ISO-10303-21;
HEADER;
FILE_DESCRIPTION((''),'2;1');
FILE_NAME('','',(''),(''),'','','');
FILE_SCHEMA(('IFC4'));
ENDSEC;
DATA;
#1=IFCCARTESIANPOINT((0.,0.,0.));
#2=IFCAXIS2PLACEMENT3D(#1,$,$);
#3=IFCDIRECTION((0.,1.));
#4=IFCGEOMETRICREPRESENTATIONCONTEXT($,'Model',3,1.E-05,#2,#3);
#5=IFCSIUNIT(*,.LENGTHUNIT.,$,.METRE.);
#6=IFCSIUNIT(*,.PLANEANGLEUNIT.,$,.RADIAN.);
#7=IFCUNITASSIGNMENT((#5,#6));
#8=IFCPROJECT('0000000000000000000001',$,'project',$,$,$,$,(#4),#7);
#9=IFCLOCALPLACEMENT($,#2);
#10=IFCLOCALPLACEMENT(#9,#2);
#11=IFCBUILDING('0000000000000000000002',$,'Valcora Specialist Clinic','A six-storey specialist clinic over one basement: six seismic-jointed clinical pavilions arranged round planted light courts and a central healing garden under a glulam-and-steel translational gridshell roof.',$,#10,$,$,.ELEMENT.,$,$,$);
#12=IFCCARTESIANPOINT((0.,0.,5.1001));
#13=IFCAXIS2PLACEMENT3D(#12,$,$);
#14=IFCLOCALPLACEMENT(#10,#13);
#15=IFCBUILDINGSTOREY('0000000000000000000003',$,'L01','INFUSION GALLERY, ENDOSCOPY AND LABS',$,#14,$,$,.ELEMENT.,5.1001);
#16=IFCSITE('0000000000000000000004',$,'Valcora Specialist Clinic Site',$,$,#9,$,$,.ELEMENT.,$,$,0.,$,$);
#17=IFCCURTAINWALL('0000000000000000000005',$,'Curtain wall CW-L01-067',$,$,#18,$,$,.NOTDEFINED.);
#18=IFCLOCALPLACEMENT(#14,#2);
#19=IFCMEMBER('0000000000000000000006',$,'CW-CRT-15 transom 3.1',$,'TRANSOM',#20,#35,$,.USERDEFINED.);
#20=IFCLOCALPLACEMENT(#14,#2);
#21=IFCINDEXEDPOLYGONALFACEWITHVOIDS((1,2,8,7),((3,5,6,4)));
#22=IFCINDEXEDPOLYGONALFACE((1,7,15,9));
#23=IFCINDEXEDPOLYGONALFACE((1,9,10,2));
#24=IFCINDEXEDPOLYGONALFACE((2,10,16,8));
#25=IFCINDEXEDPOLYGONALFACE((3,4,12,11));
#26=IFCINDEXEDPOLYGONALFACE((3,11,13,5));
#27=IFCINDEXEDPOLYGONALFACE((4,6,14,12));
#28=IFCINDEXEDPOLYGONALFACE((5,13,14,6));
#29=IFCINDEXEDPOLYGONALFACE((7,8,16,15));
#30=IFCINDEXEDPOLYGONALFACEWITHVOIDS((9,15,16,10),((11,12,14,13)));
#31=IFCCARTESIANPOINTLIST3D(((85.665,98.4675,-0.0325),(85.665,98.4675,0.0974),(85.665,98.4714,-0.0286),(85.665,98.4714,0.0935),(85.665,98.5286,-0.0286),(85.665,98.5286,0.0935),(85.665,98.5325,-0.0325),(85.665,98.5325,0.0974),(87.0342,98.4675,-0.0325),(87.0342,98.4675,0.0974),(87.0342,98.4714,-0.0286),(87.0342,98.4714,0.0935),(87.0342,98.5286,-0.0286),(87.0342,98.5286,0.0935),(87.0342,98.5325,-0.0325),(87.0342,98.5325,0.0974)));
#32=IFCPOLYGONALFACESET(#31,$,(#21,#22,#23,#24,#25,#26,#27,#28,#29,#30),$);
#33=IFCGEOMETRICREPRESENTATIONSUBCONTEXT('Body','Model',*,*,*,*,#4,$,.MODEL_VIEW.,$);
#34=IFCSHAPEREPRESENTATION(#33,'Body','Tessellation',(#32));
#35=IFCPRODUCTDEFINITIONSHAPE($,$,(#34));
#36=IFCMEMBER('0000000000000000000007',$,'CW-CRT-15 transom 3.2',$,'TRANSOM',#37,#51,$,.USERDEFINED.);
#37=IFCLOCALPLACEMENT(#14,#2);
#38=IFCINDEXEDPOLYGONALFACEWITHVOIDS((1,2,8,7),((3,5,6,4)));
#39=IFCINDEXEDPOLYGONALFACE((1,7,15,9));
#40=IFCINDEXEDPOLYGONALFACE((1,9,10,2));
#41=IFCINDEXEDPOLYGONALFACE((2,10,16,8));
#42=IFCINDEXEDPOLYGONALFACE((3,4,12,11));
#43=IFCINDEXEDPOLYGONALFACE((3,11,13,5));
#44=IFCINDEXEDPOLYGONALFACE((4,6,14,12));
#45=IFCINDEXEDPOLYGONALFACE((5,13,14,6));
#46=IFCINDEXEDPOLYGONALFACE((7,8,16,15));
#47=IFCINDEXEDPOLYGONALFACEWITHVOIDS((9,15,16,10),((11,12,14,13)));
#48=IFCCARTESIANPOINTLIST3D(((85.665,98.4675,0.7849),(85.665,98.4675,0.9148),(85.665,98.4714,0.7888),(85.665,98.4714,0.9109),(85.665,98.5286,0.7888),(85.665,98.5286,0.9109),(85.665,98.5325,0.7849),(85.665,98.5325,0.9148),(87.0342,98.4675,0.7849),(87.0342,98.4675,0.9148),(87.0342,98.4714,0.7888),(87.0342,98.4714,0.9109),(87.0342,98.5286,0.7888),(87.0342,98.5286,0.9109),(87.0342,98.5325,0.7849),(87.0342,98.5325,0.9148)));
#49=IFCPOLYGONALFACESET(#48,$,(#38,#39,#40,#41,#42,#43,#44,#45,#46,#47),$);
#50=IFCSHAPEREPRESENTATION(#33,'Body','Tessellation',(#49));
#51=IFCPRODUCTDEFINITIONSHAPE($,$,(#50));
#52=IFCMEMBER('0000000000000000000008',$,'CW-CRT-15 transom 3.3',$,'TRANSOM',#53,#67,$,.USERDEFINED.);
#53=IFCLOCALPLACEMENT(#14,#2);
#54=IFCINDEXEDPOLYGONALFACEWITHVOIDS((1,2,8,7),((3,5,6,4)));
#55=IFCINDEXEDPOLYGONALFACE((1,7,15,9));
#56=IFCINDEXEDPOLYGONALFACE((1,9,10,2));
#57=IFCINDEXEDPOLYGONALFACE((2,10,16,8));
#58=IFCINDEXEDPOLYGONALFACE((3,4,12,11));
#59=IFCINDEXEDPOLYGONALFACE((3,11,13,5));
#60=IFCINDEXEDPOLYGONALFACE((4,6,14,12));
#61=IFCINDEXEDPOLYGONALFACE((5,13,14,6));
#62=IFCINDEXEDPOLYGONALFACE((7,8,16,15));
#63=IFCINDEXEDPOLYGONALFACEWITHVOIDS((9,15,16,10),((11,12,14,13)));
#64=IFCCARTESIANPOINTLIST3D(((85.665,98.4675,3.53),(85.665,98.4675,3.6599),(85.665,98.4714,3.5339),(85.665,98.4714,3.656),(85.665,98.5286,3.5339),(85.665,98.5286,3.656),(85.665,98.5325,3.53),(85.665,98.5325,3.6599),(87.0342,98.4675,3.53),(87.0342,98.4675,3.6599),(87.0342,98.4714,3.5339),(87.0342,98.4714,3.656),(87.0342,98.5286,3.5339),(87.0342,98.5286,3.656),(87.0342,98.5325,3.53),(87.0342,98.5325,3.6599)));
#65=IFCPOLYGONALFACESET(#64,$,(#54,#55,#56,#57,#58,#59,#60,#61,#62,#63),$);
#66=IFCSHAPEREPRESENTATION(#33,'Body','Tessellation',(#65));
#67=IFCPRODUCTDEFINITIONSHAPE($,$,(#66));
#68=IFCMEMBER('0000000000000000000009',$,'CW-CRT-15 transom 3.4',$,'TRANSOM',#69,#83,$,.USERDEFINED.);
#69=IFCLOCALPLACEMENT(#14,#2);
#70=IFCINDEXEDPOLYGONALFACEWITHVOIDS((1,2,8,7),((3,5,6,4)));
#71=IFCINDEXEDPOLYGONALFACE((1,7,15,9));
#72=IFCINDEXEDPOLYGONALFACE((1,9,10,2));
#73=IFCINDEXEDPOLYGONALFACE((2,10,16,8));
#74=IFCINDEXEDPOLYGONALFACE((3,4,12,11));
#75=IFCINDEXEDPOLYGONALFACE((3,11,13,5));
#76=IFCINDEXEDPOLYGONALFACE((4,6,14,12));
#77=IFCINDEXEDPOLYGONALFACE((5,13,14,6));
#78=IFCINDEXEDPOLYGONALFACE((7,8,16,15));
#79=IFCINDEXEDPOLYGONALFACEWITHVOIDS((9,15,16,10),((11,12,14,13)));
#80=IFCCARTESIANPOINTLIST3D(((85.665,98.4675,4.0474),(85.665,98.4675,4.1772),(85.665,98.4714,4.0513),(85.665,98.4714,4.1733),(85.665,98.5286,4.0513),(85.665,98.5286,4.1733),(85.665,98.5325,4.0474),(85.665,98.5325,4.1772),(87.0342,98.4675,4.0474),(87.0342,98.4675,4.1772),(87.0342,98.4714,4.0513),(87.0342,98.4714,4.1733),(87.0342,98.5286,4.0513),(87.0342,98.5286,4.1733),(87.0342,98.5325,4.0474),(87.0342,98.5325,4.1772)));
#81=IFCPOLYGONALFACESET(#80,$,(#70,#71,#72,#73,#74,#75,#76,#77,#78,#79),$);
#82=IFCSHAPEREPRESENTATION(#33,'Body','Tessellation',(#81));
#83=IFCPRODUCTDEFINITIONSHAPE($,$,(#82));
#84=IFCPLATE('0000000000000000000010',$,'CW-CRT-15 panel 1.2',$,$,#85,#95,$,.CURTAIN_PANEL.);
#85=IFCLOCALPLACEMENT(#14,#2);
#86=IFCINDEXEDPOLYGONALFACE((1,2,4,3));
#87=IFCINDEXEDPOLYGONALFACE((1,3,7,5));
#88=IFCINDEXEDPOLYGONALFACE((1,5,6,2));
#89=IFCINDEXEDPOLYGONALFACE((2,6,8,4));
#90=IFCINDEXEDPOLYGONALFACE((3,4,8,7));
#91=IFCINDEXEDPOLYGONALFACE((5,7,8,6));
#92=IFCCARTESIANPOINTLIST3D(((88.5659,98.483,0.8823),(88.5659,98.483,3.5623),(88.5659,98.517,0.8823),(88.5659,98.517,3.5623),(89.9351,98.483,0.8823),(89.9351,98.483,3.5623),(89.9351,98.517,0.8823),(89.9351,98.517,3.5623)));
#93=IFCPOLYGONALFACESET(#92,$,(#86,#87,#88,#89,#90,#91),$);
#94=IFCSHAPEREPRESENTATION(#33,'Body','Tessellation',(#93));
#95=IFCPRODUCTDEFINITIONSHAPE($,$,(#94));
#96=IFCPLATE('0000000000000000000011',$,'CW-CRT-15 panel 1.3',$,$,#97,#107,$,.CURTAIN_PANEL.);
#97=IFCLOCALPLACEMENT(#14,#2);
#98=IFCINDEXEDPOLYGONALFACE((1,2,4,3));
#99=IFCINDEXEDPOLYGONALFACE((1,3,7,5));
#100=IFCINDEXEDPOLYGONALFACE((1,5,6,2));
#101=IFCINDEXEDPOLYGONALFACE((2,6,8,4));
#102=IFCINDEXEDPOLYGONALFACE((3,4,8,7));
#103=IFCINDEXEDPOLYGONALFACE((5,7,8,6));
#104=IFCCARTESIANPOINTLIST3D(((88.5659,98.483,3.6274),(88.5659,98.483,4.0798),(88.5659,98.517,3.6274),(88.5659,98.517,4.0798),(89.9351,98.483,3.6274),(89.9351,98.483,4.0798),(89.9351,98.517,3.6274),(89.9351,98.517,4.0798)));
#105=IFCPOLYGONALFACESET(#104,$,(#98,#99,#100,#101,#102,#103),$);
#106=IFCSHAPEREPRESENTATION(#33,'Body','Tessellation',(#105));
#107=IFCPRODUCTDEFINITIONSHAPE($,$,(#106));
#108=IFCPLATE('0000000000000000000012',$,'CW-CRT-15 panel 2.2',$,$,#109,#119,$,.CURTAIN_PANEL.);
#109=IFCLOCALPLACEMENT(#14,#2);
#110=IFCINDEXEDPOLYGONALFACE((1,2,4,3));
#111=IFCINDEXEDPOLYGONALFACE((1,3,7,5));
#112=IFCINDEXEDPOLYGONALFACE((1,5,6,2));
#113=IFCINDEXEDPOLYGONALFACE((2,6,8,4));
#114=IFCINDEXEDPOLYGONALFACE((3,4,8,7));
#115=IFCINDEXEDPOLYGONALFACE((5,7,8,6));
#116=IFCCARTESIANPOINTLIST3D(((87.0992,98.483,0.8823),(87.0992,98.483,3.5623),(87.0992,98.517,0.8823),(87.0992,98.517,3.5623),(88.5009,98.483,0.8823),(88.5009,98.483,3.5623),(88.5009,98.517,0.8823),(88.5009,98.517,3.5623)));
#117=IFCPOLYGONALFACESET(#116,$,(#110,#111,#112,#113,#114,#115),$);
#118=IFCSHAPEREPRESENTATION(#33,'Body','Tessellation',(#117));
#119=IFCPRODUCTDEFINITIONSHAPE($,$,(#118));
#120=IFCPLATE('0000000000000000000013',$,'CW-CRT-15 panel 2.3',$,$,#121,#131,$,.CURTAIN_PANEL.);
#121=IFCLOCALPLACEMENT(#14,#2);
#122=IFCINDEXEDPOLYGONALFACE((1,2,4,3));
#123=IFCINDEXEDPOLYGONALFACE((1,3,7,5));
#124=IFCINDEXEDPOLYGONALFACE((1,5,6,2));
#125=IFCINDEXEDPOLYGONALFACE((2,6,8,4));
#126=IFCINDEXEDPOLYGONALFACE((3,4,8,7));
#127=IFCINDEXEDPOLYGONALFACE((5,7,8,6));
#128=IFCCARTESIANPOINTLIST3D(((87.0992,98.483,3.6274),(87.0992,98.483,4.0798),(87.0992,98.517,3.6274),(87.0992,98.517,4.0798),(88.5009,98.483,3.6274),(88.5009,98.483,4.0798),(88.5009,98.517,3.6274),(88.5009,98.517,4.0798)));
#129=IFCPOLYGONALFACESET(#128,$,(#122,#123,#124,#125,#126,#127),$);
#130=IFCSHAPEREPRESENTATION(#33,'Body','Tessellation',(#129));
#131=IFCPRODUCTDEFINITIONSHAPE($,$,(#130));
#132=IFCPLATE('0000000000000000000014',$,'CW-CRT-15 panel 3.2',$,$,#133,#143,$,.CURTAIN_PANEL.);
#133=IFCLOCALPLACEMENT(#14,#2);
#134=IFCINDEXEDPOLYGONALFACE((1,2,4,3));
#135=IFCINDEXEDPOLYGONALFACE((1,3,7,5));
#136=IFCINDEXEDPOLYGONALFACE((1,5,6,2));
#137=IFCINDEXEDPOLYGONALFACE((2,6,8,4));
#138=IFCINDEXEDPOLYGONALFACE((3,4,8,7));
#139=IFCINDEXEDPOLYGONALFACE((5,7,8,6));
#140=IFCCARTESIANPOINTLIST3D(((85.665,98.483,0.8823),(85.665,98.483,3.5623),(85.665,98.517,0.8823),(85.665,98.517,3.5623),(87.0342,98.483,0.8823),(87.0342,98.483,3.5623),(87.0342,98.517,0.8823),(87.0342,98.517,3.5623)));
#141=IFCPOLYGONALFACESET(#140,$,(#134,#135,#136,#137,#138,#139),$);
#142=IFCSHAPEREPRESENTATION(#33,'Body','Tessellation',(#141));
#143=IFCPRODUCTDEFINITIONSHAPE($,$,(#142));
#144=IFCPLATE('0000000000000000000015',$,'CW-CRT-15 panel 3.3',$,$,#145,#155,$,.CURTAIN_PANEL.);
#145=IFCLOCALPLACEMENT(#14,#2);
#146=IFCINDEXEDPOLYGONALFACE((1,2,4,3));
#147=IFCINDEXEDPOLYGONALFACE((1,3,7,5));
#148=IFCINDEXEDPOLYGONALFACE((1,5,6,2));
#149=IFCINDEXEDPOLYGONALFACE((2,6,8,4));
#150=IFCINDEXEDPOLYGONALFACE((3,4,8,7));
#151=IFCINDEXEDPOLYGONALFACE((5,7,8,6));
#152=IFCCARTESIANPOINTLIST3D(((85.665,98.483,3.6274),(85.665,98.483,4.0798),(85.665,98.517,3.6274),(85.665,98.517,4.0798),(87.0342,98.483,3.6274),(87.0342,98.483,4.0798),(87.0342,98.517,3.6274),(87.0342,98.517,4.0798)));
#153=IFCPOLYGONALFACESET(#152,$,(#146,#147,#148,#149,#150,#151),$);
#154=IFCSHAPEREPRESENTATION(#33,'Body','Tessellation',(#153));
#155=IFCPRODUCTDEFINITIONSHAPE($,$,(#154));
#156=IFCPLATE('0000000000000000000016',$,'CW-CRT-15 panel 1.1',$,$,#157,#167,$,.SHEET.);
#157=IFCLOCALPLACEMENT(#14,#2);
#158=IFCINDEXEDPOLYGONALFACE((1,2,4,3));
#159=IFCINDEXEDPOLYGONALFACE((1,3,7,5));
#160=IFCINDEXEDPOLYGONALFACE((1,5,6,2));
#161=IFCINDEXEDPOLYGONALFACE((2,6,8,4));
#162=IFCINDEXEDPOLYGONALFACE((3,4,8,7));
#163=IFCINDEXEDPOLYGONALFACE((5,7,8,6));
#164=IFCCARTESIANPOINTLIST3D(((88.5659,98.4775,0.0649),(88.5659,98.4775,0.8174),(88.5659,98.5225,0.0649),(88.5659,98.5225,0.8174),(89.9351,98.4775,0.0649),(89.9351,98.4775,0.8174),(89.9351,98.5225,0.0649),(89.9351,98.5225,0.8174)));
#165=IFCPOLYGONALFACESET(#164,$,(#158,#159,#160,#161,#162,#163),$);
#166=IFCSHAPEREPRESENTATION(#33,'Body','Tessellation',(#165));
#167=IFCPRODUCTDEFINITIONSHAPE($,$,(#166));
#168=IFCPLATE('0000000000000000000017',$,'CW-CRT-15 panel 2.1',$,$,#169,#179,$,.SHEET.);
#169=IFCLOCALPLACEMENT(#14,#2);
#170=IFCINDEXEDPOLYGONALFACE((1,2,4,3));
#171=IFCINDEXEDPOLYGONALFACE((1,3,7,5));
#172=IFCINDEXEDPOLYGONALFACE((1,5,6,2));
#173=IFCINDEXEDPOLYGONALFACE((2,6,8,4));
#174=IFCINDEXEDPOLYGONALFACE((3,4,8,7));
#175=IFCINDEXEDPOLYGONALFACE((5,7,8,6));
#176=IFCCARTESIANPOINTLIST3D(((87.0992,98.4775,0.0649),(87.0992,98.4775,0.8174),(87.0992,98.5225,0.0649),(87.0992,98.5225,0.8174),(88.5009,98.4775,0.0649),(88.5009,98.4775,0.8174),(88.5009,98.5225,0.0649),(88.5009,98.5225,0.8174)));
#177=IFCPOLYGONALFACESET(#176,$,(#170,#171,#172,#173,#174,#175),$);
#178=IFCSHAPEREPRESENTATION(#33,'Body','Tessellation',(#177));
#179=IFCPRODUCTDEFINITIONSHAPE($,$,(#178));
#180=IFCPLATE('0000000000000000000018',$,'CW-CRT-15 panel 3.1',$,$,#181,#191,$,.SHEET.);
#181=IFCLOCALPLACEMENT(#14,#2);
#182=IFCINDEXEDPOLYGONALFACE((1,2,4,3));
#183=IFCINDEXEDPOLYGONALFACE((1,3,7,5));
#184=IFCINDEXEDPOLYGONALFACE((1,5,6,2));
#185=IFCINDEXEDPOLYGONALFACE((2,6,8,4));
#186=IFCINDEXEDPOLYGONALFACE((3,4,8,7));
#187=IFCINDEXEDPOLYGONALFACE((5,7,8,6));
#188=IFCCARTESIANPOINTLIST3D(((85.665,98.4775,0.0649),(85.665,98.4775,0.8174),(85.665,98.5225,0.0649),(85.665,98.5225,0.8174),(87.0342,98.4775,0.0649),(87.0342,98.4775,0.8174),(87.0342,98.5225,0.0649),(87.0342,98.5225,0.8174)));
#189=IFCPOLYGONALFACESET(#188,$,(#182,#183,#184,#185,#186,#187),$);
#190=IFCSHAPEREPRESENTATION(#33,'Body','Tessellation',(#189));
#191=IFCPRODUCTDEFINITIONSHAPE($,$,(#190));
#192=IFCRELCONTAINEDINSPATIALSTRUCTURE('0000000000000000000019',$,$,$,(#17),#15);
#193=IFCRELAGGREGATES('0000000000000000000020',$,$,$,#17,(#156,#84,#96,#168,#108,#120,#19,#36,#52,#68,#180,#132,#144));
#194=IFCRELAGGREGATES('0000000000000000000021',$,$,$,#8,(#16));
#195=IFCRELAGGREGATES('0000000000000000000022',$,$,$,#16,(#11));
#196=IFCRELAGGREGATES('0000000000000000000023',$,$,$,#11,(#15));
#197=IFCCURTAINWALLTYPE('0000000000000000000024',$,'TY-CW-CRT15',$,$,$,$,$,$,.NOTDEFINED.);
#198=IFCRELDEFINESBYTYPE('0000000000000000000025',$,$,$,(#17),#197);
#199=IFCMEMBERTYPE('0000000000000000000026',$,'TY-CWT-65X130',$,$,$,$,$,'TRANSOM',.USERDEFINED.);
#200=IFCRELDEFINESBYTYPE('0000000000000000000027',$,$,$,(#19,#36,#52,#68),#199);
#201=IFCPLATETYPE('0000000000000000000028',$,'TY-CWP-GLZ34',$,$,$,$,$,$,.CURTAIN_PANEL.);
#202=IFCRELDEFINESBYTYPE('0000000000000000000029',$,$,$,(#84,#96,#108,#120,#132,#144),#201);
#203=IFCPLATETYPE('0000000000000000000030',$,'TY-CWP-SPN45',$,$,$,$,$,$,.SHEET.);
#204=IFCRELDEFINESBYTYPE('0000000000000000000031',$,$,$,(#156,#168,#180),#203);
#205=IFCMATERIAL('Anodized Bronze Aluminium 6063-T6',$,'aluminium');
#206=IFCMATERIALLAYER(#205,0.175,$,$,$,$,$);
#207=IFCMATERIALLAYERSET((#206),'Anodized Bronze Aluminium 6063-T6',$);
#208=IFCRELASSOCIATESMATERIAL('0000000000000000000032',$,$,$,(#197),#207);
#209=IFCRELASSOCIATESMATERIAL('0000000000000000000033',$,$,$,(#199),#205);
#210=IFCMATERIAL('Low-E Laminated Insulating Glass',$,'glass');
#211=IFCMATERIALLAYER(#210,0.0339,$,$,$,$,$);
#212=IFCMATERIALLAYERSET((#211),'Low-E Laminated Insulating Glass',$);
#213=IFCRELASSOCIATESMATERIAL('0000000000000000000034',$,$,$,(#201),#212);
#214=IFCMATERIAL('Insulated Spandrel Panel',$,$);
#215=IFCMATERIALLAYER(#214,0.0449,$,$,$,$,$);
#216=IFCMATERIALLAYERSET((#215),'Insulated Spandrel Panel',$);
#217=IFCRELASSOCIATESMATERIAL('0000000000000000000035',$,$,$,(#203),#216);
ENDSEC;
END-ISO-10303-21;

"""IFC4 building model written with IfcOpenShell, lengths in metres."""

from ifc_helpers import new_model, si_unit, direction, frame, origin, origin_2d, place, context, subcontext, project, spatial, rectangle, hollow_rectangle, extrude, material, layer, layer_set, material_profile, profile_set, type_object, element, aggregate, save


model = new_model("IFC4")

# Units and contexts
model_context = context("Model", 3, precision=1e-05, world=origin(), true_north=direction((0.0, 1.0)))
body_context = subcontext(model_context, "Body", "Model", "MODEL_VIEW")
ifc_project = project(units=[si_unit("LENGTHUNIT", "METRE"), si_unit("PLANEANGLEUNIT", "RADIAN")], contexts=[model_context])

# Site, building, storey
site_placement = place(None, origin())
site = spatial("IfcSite", under=ifc_project, at=site_placement, Name="Valcora Specialist Clinic Site", CompositionType="ELEMENT", RefElevation=0.0)
building_placement = place(site_placement, origin())
building = spatial("IfcBuilding", under=site, at=building_placement, Name="Valcora Specialist Clinic", Description="A six-storey specialist clinic over one basement: six seismic-jointed clinical pavilions arranged round planted light courts and a central healing garden under a glulam-and-steel translational gridshell roof.", CompositionType="ELEMENT")
storey_placement = place(building_placement, frame((0.0, 0.0, 5.1001)))
storey = spatial("IfcBuildingStorey", under=building, at=storey_placement, Name="L01", Description="INFUSION GALLERY, ENDOSCOPY AND LABS", CompositionType="ELEMENT", Elevation=5.1001)

# Curtain wall, members, plates
ifc_material_1 = material(Name="Anodized Bronze Aluminium 6063-T6", Category="aluminium")
ifc_layer_1 = layer(ifc_material_1, 0.175)
ifc_layer_set_1 = layer_set([ifc_layer_1], Name="Anodized Bronze Aluminium 6063-T6")
curtain_wall_type = type_object("IfcCurtainWallType", Name="TY-CW-CRT15", PredefinedType="NOTDEFINED", material=ifc_layer_set_1)
curtain_wall_placement = place(storey_placement, origin())
curtain_wall = element("IfcCurtainWall", 1, at=curtain_wall_placement, inside=storey, type_object=curtain_wall_type, Name="Curtain wall CW-L01-067", PredefinedType="NOTDEFINED")
ifc_material_profile_1 = material_profile(ifc_material_1, hollow_rectangle(XDim=0.0649, YDim=0.1299, WallThickness=0.0039, at=origin_2d()), Name="AL-TRN-65X130")
ifc_profile_set_1 = profile_set([ifc_material_profile_1], Name="Anodized Bronze Aluminium 6063-T6")
member_type_1 = type_object("IfcMemberType", Name="TY-CWT-65X130", ElementType="TRANSOM", PredefinedType="USERDEFINED", material=ifc_profile_set_1)
member_1_placement = place(storey_placement, frame((87.0342, 98.5, 0.0325), z_axis=(-1.0, 0.0, 0.0), x_axis=(0.0, -1.0, 0.0)))
member_1 = element("IfcMember", 2, at=member_1_placement, type_object=member_type_1, Name="CW-CRT-15 transom 3.1", ObjectType="TRANSOM", PredefinedType="USERDEFINED", context=body_context, shape_type="SweptSolid", body=[
    extrude(hollow_rectangle(XDim=0.0649, YDim=0.1299, WallThickness=0.0039, at=origin_2d()), origin(), (0.0, 0.0, 1.0), 1.3691),
])
member_2_placement = place(storey_placement, frame((87.0342, 98.5, 0.8499), z_axis=(-1.0, 0.0, 0.0), x_axis=(0.0, -1.0, 0.0)))
member_2 = element("IfcMember", 3, at=member_2_placement, type_object=member_type_1, Name="CW-CRT-15 transom 3.2", ObjectType="TRANSOM", PredefinedType="USERDEFINED", context=body_context, shape_type="SweptSolid", body=[
    extrude(hollow_rectangle(XDim=0.0649, YDim=0.1299, WallThickness=0.0039, at=origin_2d()), origin(), (0.0, 0.0, 1.0), 1.3691),
])
member_3_placement = place(storey_placement, frame((87.0342, 98.5, 3.595), z_axis=(-1.0, 0.0, 0.0), x_axis=(0.0, -1.0, 0.0)))
member_3 = element("IfcMember", 4, at=member_3_placement, type_object=member_type_1, Name="CW-CRT-15 transom 3.3", ObjectType="TRANSOM", PredefinedType="USERDEFINED", context=body_context, shape_type="SweptSolid", body=[
    extrude(hollow_rectangle(XDim=0.0649, YDim=0.1299, WallThickness=0.0039, at=origin_2d()), origin(), (0.0, 0.0, 1.0), 1.3691),
])
member_4_placement = place(storey_placement, frame((87.0342, 98.5, 4.1123), z_axis=(-1.0, 0.0, 0.0), x_axis=(0.0, -1.0, 0.0)))
member_4 = element("IfcMember", 5, at=member_4_placement, type_object=member_type_1, Name="CW-CRT-15 transom 3.4", ObjectType="TRANSOM", PredefinedType="USERDEFINED", context=body_context, shape_type="SweptSolid", body=[
    extrude(hollow_rectangle(XDim=0.0649, YDim=0.1299, WallThickness=0.0039, at=origin_2d()), origin(), (0.0, 0.0, 1.0), 1.3691),
])
ifc_material_2 = material(Name="Low-E Laminated Insulating Glass", Category="glass")
ifc_layer_2 = layer(ifc_material_2, 0.0339)
ifc_layer_set_2 = layer_set([ifc_layer_2], Name="Low-E Laminated Insulating Glass")
plate_type_1 = type_object("IfcPlateType", Name="TY-CWP-GLZ34", PredefinedType="CURTAIN_PANEL", material=ifc_layer_set_2)
plate_1_placement = place(storey_placement, frame((89.2505, 98.5, 0.8823), z_axis=(0.0, 0.0, 1.0), x_axis=(-1.0, 0.0, 0.0)))
plate_1 = element("IfcPlate", 6, at=plate_1_placement, type_object=plate_type_1, Name="CW-CRT-15 panel 1.2", PredefinedType="CURTAIN_PANEL", context=body_context, shape_type="SweptSolid", body=[
    extrude(rectangle(XDim=1.3691, YDim=0.0339, at=origin_2d()), origin(), (0.0, 0.0, 1.0), 2.6799),
])
plate_2_placement = place(storey_placement, frame((89.2505, 98.5, 3.6274), z_axis=(0.0, 0.0, 1.0), x_axis=(-1.0, 0.0, 0.0)))
plate_2 = element("IfcPlate", 7, at=plate_2_placement, type_object=plate_type_1, Name="CW-CRT-15 panel 1.3", PredefinedType="CURTAIN_PANEL", context=body_context, shape_type="SweptSolid", body=[
    extrude(rectangle(XDim=1.3691, YDim=0.0339, at=origin_2d()), origin(), (0.0, 0.0, 1.0), 0.4524),
])
plate_3_placement = place(storey_placement, frame((87.8, 98.5, 0.8823), z_axis=(0.0, 0.0, 1.0), x_axis=(-1.0, 0.0, 0.0)))
plate_3 = element("IfcPlate", 8, at=plate_3_placement, type_object=plate_type_1, Name="CW-CRT-15 panel 2.2", PredefinedType="CURTAIN_PANEL", context=body_context, shape_type="SweptSolid", body=[
    extrude(rectangle(XDim=1.4016, YDim=0.0339, at=origin_2d()), origin(), (0.0, 0.0, 1.0), 2.6799),
])
plate_4_placement = place(storey_placement, frame((87.8, 98.5, 3.6274), z_axis=(0.0, 0.0, 1.0), x_axis=(-1.0, 0.0, 0.0)))
plate_4 = element("IfcPlate", 9, at=plate_4_placement, type_object=plate_type_1, Name="CW-CRT-15 panel 2.3", PredefinedType="CURTAIN_PANEL", context=body_context, shape_type="SweptSolid", body=[
    extrude(rectangle(XDim=1.4016, YDim=0.0339, at=origin_2d()), origin(), (0.0, 0.0, 1.0), 0.4524),
])
plate_5_placement = place(storey_placement, frame((86.3496, 98.5, 0.8823), z_axis=(0.0, 0.0, 1.0), x_axis=(-1.0, 0.0, 0.0)))
plate_5 = element("IfcPlate", 10, at=plate_5_placement, type_object=plate_type_1, Name="CW-CRT-15 panel 3.2", PredefinedType="CURTAIN_PANEL", context=body_context, shape_type="SweptSolid", body=[
    extrude(rectangle(XDim=1.3691, YDim=0.0339, at=origin_2d()), origin(), (0.0, 0.0, 1.0), 2.6799),
])
plate_6_placement = place(storey_placement, frame((86.3496, 98.5, 3.6274), z_axis=(0.0, 0.0, 1.0), x_axis=(-1.0, 0.0, 0.0)))
plate_6 = element("IfcPlate", 11, at=plate_6_placement, type_object=plate_type_1, Name="CW-CRT-15 panel 3.3", PredefinedType="CURTAIN_PANEL", context=body_context, shape_type="SweptSolid", body=[
    extrude(rectangle(XDim=1.3691, YDim=0.0339, at=origin_2d()), origin(), (0.0, 0.0, 1.0), 0.4524),
])
ifc_material_3 = material(Name="Insulated Spandrel Panel")
ifc_layer_3 = layer(ifc_material_3, 0.0449)
ifc_layer_set_3 = layer_set([ifc_layer_3], Name="Insulated Spandrel Panel")
plate_type_2 = type_object("IfcPlateType", Name="TY-CWP-SPN45", PredefinedType="SHEET", material=ifc_layer_set_3)
plate_7_placement = place(storey_placement, frame((89.2505, 98.5, 0.0649), z_axis=(0.0, 0.0, 1.0), x_axis=(-1.0, 0.0, 0.0)))
plate_7 = element("IfcPlate", 12, at=plate_7_placement, type_object=plate_type_2, Name="CW-CRT-15 panel 1.1", PredefinedType="SHEET", context=body_context, shape_type="SweptSolid", body=[
    extrude(rectangle(XDim=1.3691, YDim=0.0449, at=origin_2d()), origin(), (0.0, 0.0, 1.0), 0.7524),
])
plate_8_placement = place(storey_placement, frame((87.8, 98.5, 0.0649), z_axis=(0.0, 0.0, 1.0), x_axis=(-1.0, 0.0, 0.0)))
plate_8 = element("IfcPlate", 13, at=plate_8_placement, type_object=plate_type_2, Name="CW-CRT-15 panel 2.1", PredefinedType="SHEET", context=body_context, shape_type="SweptSolid", body=[
    extrude(rectangle(XDim=1.4016, YDim=0.0449, at=origin_2d()), origin(), (0.0, 0.0, 1.0), 0.7524),
])
plate_9_placement = place(storey_placement, frame((86.3496, 98.5, 0.0649), z_axis=(0.0, 0.0, 1.0), x_axis=(-1.0, 0.0, 0.0)))
plate_9 = element("IfcPlate", 14, at=plate_9_placement, type_object=plate_type_2, Name="CW-CRT-15 panel 3.1", PredefinedType="SHEET", context=body_context, shape_type="SweptSolid", body=[
    extrude(rectangle(XDim=1.3691, YDim=0.0449, at=origin_2d()), origin(), (0.0, 0.0, 1.0), 0.7524),
])
aggregate(curtain_wall, [plate_7, plate_1, plate_2, plate_8, plate_3, plate_4, member_1, member_2, member_3, member_4, plate_9, plate_5, plate_6])

save(model, "model.ifc")
